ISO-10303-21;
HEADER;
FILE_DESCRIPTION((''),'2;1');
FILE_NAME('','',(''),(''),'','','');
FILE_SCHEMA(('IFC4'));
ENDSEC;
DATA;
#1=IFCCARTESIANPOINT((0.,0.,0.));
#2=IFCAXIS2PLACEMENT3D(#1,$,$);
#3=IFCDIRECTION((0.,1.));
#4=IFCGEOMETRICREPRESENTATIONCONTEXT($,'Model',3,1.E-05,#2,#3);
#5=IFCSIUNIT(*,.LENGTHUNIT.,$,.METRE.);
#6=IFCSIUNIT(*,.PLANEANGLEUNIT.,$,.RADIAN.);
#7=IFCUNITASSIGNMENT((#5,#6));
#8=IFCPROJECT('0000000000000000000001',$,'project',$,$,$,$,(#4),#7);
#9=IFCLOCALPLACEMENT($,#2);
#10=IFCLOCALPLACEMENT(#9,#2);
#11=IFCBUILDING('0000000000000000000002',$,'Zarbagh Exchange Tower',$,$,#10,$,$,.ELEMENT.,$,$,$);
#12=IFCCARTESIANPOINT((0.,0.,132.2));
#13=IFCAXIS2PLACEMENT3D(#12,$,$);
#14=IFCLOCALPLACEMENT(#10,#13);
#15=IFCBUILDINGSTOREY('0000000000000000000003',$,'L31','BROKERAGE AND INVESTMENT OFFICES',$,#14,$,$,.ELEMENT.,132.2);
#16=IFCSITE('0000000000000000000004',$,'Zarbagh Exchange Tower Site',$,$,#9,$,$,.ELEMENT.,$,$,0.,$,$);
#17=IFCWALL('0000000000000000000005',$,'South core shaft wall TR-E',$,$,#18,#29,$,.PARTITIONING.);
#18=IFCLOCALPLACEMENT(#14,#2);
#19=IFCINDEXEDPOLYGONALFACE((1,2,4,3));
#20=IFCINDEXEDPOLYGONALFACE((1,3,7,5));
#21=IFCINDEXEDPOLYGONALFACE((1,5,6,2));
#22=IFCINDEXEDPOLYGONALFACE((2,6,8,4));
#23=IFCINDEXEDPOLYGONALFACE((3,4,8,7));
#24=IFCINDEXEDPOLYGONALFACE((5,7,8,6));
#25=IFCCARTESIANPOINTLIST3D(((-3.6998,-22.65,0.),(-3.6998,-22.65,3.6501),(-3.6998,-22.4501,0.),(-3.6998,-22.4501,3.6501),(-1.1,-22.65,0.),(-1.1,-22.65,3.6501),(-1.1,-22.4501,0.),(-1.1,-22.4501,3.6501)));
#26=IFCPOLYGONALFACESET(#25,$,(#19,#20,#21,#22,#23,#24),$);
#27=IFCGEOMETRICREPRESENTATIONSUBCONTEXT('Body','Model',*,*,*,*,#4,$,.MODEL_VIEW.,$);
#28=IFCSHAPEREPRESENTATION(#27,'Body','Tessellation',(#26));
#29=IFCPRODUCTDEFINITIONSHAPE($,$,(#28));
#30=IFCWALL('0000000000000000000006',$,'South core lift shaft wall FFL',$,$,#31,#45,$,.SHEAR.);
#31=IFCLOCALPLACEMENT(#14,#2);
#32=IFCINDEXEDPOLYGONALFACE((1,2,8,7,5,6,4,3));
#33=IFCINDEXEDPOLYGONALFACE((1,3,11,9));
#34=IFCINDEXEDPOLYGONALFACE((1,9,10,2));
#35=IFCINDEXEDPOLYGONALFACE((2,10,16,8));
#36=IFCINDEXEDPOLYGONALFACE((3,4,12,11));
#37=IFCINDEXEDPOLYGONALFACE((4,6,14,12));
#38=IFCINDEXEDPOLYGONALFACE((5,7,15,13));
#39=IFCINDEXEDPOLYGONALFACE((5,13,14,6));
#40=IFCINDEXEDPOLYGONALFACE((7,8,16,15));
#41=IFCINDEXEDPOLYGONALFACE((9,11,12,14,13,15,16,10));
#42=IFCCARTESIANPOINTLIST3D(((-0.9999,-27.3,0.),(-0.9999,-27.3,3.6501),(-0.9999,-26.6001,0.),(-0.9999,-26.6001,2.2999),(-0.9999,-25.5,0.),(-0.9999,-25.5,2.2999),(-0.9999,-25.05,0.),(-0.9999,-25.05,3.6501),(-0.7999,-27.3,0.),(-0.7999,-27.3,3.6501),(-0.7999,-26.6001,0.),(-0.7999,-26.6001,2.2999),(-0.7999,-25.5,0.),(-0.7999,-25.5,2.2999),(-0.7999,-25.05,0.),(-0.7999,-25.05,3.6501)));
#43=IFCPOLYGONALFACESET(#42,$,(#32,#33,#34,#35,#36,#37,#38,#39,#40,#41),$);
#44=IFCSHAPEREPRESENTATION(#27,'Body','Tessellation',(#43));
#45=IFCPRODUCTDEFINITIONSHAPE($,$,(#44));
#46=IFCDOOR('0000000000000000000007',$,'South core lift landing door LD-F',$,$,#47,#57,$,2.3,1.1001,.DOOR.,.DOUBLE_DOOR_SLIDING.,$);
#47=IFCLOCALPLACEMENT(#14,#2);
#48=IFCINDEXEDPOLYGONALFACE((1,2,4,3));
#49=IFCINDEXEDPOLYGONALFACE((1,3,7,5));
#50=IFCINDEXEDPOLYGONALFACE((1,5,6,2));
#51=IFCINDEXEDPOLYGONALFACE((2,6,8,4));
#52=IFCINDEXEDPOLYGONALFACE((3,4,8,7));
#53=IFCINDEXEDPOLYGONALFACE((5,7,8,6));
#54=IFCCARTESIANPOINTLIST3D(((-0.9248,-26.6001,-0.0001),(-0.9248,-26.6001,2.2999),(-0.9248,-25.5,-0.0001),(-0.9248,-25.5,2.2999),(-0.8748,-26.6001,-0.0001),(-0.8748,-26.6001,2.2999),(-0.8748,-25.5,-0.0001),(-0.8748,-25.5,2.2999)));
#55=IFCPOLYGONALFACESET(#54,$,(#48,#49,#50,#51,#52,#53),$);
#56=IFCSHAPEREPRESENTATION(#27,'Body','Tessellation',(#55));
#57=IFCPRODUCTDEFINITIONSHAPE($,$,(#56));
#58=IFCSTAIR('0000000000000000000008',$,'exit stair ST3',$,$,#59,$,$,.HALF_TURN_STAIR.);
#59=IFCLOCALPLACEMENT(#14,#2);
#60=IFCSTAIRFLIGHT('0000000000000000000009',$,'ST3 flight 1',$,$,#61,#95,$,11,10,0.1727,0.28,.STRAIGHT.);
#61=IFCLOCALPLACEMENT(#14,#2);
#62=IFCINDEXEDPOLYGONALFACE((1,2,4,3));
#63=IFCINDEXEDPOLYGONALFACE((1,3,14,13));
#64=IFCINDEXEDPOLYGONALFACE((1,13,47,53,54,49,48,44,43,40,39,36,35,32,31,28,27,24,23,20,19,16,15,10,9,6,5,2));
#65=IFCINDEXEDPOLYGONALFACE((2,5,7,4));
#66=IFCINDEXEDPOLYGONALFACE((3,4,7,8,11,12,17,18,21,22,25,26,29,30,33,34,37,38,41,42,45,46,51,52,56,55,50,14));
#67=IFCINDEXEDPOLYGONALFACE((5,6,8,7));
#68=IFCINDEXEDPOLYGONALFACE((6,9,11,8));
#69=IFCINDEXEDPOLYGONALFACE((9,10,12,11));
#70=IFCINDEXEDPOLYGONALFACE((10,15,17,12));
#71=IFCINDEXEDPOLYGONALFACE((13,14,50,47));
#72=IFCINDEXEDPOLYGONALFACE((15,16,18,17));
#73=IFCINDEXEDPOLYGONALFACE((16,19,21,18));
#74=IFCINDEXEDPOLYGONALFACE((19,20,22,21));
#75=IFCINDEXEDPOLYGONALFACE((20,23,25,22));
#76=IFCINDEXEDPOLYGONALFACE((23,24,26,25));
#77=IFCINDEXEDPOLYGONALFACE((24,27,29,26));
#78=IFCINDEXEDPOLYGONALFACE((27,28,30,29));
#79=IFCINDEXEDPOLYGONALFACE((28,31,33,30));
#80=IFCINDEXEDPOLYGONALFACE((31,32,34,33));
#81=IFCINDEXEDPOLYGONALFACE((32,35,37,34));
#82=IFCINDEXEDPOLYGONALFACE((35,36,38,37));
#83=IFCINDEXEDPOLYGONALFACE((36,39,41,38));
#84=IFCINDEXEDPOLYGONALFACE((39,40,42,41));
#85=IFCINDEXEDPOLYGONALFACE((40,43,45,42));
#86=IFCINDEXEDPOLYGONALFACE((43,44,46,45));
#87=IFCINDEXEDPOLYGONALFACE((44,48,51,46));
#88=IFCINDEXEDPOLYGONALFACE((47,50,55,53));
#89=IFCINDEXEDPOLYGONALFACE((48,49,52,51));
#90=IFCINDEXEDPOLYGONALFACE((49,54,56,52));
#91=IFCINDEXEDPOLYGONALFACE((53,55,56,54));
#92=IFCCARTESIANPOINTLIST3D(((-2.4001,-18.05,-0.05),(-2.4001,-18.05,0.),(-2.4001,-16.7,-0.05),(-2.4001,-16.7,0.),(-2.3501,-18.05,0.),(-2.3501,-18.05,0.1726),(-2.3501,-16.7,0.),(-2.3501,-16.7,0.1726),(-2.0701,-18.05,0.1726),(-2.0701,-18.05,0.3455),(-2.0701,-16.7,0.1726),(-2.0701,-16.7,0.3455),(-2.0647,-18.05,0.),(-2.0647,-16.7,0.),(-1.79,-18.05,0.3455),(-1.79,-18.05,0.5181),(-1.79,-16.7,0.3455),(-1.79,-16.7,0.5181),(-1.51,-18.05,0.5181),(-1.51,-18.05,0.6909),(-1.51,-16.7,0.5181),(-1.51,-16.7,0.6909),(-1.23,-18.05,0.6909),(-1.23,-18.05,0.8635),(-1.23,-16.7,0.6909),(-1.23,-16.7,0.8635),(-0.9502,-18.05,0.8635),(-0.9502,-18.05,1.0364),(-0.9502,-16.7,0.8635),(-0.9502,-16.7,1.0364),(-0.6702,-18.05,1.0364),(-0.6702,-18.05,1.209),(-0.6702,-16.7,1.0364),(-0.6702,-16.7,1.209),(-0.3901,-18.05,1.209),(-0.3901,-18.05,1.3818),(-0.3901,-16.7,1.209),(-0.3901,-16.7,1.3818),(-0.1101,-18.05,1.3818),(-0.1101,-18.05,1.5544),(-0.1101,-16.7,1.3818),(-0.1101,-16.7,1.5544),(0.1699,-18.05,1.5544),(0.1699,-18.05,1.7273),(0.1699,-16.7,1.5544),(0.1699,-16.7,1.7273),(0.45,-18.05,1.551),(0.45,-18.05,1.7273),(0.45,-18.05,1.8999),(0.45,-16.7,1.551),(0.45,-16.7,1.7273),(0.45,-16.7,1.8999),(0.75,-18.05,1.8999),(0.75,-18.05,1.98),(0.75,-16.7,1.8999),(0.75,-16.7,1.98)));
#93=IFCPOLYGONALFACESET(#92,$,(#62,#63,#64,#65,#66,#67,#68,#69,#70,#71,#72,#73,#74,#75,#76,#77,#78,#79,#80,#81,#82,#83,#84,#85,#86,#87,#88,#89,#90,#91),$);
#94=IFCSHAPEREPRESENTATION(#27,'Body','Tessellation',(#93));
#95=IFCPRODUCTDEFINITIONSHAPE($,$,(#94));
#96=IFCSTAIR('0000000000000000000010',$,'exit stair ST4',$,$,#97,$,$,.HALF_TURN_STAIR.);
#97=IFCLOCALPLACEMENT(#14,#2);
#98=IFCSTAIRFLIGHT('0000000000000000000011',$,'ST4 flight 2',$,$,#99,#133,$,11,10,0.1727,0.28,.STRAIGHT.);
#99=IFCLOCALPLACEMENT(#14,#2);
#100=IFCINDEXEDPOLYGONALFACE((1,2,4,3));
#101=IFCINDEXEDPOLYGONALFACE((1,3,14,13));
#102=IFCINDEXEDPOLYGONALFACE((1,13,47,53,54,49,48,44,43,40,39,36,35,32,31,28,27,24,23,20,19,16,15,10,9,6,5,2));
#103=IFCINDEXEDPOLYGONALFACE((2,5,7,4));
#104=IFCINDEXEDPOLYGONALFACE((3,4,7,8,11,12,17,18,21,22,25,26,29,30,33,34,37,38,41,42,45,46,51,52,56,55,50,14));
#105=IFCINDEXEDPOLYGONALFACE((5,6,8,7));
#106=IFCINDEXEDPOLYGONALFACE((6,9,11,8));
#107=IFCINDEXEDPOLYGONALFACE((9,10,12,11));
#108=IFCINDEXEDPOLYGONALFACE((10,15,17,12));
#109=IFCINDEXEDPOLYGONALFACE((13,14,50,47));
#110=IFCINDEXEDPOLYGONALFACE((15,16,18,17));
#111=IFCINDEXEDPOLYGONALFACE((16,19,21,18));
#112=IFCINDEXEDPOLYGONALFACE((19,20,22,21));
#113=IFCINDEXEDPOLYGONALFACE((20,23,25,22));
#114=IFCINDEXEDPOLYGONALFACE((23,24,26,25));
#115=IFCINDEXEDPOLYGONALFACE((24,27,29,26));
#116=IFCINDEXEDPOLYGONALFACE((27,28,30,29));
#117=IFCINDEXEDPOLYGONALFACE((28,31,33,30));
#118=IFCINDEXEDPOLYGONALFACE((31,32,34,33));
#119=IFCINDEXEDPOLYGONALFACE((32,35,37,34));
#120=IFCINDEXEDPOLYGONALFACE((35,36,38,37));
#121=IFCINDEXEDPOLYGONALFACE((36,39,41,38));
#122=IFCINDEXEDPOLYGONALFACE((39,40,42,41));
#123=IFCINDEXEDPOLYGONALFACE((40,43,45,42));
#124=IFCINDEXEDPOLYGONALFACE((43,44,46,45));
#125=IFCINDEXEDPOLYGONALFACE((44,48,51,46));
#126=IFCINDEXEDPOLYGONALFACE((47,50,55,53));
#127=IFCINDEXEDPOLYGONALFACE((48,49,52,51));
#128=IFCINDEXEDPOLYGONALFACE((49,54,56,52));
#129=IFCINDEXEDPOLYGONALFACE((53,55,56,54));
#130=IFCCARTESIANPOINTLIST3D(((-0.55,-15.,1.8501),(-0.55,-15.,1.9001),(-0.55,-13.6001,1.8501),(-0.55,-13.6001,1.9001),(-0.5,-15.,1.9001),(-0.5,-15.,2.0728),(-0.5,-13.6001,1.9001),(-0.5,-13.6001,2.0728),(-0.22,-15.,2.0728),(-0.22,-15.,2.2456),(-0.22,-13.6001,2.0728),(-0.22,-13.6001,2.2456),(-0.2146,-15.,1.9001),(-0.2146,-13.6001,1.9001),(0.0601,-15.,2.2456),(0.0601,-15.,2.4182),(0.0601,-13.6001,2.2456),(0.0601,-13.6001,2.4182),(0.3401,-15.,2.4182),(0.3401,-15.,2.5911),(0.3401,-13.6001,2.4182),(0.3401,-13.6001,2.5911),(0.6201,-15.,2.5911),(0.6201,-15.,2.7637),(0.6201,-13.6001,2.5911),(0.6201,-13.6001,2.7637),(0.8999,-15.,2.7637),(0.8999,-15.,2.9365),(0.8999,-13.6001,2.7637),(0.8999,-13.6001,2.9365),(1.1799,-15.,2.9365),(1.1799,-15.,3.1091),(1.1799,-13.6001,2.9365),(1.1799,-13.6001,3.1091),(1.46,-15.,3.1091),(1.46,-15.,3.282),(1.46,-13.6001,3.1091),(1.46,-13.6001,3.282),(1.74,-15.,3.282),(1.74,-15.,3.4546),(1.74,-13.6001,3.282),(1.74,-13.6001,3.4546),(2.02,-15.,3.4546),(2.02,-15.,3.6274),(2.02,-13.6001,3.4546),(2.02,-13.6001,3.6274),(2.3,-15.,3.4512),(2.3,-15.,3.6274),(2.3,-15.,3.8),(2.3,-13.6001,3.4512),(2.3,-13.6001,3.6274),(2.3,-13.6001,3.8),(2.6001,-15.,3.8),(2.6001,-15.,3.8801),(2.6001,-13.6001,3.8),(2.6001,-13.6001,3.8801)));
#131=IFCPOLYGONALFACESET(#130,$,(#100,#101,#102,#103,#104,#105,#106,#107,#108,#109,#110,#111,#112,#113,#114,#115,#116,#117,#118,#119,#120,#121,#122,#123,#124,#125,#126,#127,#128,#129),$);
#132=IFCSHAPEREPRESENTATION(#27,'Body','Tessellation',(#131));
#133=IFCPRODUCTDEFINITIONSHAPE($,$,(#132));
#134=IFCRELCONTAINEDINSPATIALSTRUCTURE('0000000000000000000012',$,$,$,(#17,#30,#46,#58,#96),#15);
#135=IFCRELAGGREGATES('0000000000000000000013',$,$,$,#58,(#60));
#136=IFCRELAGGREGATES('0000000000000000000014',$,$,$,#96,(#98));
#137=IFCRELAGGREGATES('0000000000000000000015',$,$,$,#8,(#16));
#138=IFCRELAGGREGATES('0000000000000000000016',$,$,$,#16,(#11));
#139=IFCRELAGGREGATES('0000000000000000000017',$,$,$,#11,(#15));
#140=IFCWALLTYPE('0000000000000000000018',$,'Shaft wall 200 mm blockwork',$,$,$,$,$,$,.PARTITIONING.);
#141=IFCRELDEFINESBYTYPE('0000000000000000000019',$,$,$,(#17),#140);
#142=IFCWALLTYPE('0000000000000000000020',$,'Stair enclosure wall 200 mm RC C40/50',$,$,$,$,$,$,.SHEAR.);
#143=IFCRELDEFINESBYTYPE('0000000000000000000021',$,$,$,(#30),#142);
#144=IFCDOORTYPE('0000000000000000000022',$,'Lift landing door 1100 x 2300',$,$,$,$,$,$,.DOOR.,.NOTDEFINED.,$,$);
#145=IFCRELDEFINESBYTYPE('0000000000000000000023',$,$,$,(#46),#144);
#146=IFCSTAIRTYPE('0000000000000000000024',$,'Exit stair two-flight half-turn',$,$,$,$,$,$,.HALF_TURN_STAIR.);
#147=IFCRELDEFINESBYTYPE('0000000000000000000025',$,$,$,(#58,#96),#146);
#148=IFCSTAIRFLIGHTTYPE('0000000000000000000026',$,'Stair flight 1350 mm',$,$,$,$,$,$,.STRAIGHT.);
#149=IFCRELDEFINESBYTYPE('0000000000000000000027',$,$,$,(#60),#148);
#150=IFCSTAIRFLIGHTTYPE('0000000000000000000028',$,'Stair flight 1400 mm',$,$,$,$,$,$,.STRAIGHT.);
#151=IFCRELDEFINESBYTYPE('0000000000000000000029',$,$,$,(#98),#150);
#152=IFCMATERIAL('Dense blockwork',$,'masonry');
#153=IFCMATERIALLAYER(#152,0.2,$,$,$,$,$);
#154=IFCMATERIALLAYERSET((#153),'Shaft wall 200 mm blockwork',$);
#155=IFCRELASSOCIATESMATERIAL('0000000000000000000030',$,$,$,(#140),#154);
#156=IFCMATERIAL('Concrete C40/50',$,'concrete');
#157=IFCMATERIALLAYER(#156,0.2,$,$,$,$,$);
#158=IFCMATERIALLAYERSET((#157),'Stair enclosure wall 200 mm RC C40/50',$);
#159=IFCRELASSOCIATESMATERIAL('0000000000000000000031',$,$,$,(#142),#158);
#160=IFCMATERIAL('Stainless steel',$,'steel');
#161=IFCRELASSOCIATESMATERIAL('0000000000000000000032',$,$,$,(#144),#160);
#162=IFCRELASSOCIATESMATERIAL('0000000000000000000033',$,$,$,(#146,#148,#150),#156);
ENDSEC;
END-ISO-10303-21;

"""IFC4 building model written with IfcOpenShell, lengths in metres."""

from ifc_helpers import new_model, si_unit, direction, frame, frame_2d, origin, place, context, subcontext, project, spatial, polyline, rectangle, outline, extrude, material, layer, layer_set, type_object, element, fill, aggregate, save


model = new_model("IFC4")

# Units and contexts
model_context = context("Model", 3, precision=1e-05, world=origin(), true_north=direction((0.0, 1.0)))
body_context = subcontext(model_context, "Body", "Model", "MODEL_VIEW")
ifc_project = project(units=[si_unit("LENGTHUNIT", "METRE"), si_unit("PLANEANGLEUNIT", "RADIAN")], contexts=[model_context])

# Site, building, storey
site_placement = place(None, origin())
site = spatial("IfcSite", under=ifc_project, at=site_placement, Name="Zarbagh Exchange Tower Site", CompositionType="ELEMENT", RefElevation=0.0)
building_placement = place(site_placement, origin())
building = spatial("IfcBuilding", under=site, at=building_placement, Name="Zarbagh Exchange Tower", CompositionType="ELEMENT")
storey_placement = place(building_placement, frame((0.0, 0.0, 132.2)))
storey = spatial("IfcBuildingStorey", under=building, at=storey_placement, Name="L31", Description="BROKERAGE AND INVESTMENT OFFICES", CompositionType="ELEMENT", Elevation=132.2)

# Shared definitions
ifc_material_1 = material(Name="Concrete C40/50", Category="concrete")

# Wall
ifc_material_2 = material(Name="Dense blockwork", Category="masonry")
ifc_layer_1 = layer(ifc_material_2, 0.2)
ifc_layer_set_1 = layer_set([ifc_layer_1], Name="Shaft wall 200 mm blockwork")
wall_type_1 = type_object("IfcWallType", Name="Shaft wall 200 mm blockwork", PredefinedType="PARTITIONING", material=ifc_layer_set_1)
wall_1_placement = place(storey_placement, frame((-1.1001, -22.55, 0.0), z_axis=(0.0, 0.0, 1.0), x_axis=(-1.0, 0.0, 0.0)))
element("IfcWall", 1, at=wall_1_placement, inside=storey, type_object=wall_type_1, Name="South core shaft wall TR-E", PredefinedType="PARTITIONING", context=body_context, shape_type="SweptSolid", body=[
    extrude(rectangle(XDim=2.5999, YDim=0.2, at=frame_2d((1.2998, 0.0))), origin(), (0.0, 0.0, 1.0), 3.6501),
])

# Wall, opening, door
ifc_layer_2 = layer(ifc_material_1, 0.2)
ifc_layer_set_2 = layer_set([ifc_layer_2], Name="Stair enclosure wall 200 mm RC C40/50")
wall_type_2 = type_object("IfcWallType", Name="Stair enclosure wall 200 mm RC C40/50", PredefinedType="SHEAR", material=ifc_layer_set_2)
wall_2_placement = place(storey_placement, frame((-0.8999, -27.3, 0.0), z_axis=(0.0, 0.0, 1.0), x_axis=(0.0, 1.0, 0.0)))
wall_2 = element("IfcWall", 2, at=wall_2_placement, inside=storey, type_object=wall_type_2, Name="South core lift shaft wall FFL", PredefinedType="SHEAR", context=body_context, shape_type="SweptSolid", body=[
    extrude(rectangle(XDim=2.25, YDim=0.2, at=frame_2d((1.125, 0.0))), origin(), (0.0, 0.0, 1.0), 3.6501),
])
opening_1_placement = place(wall_2_placement, frame((0.7, 0.0, 0.0)))
opening_1 = element("IfcOpeningElement", 3, at=opening_1_placement, cuts=wall_2, PredefinedType="OPENING", context=body_context, shape_type="SweptSolid", body=[
    extrude(rectangle(XDim=1.1001, YDim=2.3, at=frame_2d((0.55, 1.1499))), frame((0.0, 0.1099, 0.0), z_axis=(0.0, -1.0, 0.0), x_axis=(1.0, 0.0, 0.0)), (0.0, 0.0, 1.0), 0.22),
])
ifc_material_3 = material(Name="Stainless steel", Category="steel")
door_type_1 = type_object("IfcDoorType", Name="Lift landing door 1100 x 2300", OperationType="NOTDEFINED", PredefinedType="DOOR", material=ifc_material_3)
door_1_placement = place(opening_1_placement, origin())
door_1 = element("IfcDoor", 4, at=door_1_placement, inside=storey, type_object=door_type_1, Name="South core lift landing door LD-F", OperationType="DOUBLE_DOOR_SLIDING", OverallHeight=2.3, OverallWidth=1.1001, PredefinedType="DOOR", context=body_context, shape_type="SweptSolid", body=[
    extrude(rectangle(XDim=1.1001, YDim=2.3, at=frame_2d((0.55, 1.1499))), frame((0.0, 0.0249, 0.0), z_axis=(0.0, -1.0, 0.0), x_axis=(1.0, 0.0, 0.0)), (0.0, 0.0, 1.0), 0.05),
])
fill(opening_1, door_1)

# Stairs, stair flights
stair_type = type_object("IfcStairType", Name="Exit stair two-flight half-turn", PredefinedType="HALF_TURN_STAIR", material=ifc_material_1)
stair_1_placement = place(storey_placement, origin())
stair_1 = element("IfcStair", 5, at=stair_1_placement, inside=storey, type_object=stair_type, Name="exit stair ST3", PredefinedType="HALF_TURN_STAIR")
stair_flight_type_1 = type_object("IfcStairFlightType", Name="Stair flight 1350 mm", PredefinedType="STRAIGHT", material=ifc_material_1)
stair_flight_1_placement = place(storey_placement, frame((-2.3501, -17.375, 0.0), z_axis=(0.0, 0.0, 1.0), x_axis=(1.0, 0.0, 0.0)))
stair_flight_1 = element("IfcStairFlight", 6, at=stair_flight_1_placement, type_object=stair_flight_type_1, Name="ST3 flight 1", NumberOfRisers=11, NumberOfTreads=10, PredefinedType="STRAIGHT", RiserHeight=0.1727, TreadLength=0.28, context=body_context, shape_type="SweptSolid", body=[
    extrude(outline(polyline([(-0.05, -0.05), (-0.05, 0.0), (0.0, 0.0), (0.0, 0.1726), (0.28, 0.1726), (0.28, 0.3455), (0.5601, 0.3455), (0.5601, 0.5181), (0.8401, 0.5181), (0.8401, 0.6909), (1.1201, 0.6909), (1.1201, 0.8635), (1.3999, 0.8635), (1.3999, 1.0364), (1.6799, 1.0364), (1.6799, 1.209), (1.96, 1.209), (1.96, 1.3818), (2.24, 1.3818), (2.24, 1.5544), (2.52, 1.5544), (2.52, 1.7273), (2.8, 1.7273), (2.8, 1.8999), (3.1001, 1.98), (3.1001, 1.8999), (2.8, 1.551), (0.2854, 0.0), (-0.05, -0.05)])), frame((0.0, 0.675, 0.0), z_axis=(0.0, -1.0, 0.0), x_axis=(1.0, 0.0, 0.0)), (0.0, 0.0, 1.0), 1.3501),
])
aggregate(stair_1, [stair_flight_1])
stair_2_placement = place(storey_placement, origin())
stair_2 = element("IfcStair", 7, at=stair_2_placement, inside=storey, type_object=stair_type, Name="exit stair ST4", PredefinedType="HALF_TURN_STAIR")
stair_flight_type_2 = type_object("IfcStairFlightType", Name="Stair flight 1400 mm", PredefinedType="STRAIGHT", material=ifc_material_1)
stair_flight_2_placement = place(storey_placement, frame((-0.5, -14.3, 1.9001), z_axis=(0.0, 0.0, 1.0), x_axis=(1.0, 0.0, 0.0)))
stair_flight_2 = element("IfcStairFlight", 8, at=stair_flight_2_placement, type_object=stair_flight_type_2, Name="ST4 flight 2", NumberOfRisers=11, NumberOfTreads=10, PredefinedType="STRAIGHT", RiserHeight=0.1727, TreadLength=0.28, context=body_context, shape_type="SweptSolid", body=[
    extrude(outline(polyline([(-0.05, -0.05), (-0.05, 0.0), (0.0, 0.0), (0.0, 0.1726), (0.28, 0.1726), (0.28, 0.3455), (0.5601, 0.3455), (0.5601, 0.5181), (0.8401, 0.5181), (0.8401, 0.6909), (1.1201, 0.6909), (1.1201, 0.8635), (1.3999, 0.8635), (1.3999, 1.0364), (1.6799, 1.0364), (1.6799, 1.209), (1.96, 1.209), (1.96, 1.3818), (2.24, 1.3818), (2.24, 1.5544), (2.52, 1.5544), (2.52, 1.7273), (2.8, 1.7273), (2.8, 1.8999), (3.1001, 1.98), (3.1001, 1.8999), (2.8, 1.551), (0.2854, 0.0), (-0.05, -0.05)])), frame((0.0, 0.7, 0.0), z_axis=(0.0, -1.0, 0.0), x_axis=(1.0, 0.0, 0.0)), (0.0, 0.0, 1.0), 1.3999),
])
aggregate(stair_2, [stair_flight_2])

save(model, "model.ifc")
